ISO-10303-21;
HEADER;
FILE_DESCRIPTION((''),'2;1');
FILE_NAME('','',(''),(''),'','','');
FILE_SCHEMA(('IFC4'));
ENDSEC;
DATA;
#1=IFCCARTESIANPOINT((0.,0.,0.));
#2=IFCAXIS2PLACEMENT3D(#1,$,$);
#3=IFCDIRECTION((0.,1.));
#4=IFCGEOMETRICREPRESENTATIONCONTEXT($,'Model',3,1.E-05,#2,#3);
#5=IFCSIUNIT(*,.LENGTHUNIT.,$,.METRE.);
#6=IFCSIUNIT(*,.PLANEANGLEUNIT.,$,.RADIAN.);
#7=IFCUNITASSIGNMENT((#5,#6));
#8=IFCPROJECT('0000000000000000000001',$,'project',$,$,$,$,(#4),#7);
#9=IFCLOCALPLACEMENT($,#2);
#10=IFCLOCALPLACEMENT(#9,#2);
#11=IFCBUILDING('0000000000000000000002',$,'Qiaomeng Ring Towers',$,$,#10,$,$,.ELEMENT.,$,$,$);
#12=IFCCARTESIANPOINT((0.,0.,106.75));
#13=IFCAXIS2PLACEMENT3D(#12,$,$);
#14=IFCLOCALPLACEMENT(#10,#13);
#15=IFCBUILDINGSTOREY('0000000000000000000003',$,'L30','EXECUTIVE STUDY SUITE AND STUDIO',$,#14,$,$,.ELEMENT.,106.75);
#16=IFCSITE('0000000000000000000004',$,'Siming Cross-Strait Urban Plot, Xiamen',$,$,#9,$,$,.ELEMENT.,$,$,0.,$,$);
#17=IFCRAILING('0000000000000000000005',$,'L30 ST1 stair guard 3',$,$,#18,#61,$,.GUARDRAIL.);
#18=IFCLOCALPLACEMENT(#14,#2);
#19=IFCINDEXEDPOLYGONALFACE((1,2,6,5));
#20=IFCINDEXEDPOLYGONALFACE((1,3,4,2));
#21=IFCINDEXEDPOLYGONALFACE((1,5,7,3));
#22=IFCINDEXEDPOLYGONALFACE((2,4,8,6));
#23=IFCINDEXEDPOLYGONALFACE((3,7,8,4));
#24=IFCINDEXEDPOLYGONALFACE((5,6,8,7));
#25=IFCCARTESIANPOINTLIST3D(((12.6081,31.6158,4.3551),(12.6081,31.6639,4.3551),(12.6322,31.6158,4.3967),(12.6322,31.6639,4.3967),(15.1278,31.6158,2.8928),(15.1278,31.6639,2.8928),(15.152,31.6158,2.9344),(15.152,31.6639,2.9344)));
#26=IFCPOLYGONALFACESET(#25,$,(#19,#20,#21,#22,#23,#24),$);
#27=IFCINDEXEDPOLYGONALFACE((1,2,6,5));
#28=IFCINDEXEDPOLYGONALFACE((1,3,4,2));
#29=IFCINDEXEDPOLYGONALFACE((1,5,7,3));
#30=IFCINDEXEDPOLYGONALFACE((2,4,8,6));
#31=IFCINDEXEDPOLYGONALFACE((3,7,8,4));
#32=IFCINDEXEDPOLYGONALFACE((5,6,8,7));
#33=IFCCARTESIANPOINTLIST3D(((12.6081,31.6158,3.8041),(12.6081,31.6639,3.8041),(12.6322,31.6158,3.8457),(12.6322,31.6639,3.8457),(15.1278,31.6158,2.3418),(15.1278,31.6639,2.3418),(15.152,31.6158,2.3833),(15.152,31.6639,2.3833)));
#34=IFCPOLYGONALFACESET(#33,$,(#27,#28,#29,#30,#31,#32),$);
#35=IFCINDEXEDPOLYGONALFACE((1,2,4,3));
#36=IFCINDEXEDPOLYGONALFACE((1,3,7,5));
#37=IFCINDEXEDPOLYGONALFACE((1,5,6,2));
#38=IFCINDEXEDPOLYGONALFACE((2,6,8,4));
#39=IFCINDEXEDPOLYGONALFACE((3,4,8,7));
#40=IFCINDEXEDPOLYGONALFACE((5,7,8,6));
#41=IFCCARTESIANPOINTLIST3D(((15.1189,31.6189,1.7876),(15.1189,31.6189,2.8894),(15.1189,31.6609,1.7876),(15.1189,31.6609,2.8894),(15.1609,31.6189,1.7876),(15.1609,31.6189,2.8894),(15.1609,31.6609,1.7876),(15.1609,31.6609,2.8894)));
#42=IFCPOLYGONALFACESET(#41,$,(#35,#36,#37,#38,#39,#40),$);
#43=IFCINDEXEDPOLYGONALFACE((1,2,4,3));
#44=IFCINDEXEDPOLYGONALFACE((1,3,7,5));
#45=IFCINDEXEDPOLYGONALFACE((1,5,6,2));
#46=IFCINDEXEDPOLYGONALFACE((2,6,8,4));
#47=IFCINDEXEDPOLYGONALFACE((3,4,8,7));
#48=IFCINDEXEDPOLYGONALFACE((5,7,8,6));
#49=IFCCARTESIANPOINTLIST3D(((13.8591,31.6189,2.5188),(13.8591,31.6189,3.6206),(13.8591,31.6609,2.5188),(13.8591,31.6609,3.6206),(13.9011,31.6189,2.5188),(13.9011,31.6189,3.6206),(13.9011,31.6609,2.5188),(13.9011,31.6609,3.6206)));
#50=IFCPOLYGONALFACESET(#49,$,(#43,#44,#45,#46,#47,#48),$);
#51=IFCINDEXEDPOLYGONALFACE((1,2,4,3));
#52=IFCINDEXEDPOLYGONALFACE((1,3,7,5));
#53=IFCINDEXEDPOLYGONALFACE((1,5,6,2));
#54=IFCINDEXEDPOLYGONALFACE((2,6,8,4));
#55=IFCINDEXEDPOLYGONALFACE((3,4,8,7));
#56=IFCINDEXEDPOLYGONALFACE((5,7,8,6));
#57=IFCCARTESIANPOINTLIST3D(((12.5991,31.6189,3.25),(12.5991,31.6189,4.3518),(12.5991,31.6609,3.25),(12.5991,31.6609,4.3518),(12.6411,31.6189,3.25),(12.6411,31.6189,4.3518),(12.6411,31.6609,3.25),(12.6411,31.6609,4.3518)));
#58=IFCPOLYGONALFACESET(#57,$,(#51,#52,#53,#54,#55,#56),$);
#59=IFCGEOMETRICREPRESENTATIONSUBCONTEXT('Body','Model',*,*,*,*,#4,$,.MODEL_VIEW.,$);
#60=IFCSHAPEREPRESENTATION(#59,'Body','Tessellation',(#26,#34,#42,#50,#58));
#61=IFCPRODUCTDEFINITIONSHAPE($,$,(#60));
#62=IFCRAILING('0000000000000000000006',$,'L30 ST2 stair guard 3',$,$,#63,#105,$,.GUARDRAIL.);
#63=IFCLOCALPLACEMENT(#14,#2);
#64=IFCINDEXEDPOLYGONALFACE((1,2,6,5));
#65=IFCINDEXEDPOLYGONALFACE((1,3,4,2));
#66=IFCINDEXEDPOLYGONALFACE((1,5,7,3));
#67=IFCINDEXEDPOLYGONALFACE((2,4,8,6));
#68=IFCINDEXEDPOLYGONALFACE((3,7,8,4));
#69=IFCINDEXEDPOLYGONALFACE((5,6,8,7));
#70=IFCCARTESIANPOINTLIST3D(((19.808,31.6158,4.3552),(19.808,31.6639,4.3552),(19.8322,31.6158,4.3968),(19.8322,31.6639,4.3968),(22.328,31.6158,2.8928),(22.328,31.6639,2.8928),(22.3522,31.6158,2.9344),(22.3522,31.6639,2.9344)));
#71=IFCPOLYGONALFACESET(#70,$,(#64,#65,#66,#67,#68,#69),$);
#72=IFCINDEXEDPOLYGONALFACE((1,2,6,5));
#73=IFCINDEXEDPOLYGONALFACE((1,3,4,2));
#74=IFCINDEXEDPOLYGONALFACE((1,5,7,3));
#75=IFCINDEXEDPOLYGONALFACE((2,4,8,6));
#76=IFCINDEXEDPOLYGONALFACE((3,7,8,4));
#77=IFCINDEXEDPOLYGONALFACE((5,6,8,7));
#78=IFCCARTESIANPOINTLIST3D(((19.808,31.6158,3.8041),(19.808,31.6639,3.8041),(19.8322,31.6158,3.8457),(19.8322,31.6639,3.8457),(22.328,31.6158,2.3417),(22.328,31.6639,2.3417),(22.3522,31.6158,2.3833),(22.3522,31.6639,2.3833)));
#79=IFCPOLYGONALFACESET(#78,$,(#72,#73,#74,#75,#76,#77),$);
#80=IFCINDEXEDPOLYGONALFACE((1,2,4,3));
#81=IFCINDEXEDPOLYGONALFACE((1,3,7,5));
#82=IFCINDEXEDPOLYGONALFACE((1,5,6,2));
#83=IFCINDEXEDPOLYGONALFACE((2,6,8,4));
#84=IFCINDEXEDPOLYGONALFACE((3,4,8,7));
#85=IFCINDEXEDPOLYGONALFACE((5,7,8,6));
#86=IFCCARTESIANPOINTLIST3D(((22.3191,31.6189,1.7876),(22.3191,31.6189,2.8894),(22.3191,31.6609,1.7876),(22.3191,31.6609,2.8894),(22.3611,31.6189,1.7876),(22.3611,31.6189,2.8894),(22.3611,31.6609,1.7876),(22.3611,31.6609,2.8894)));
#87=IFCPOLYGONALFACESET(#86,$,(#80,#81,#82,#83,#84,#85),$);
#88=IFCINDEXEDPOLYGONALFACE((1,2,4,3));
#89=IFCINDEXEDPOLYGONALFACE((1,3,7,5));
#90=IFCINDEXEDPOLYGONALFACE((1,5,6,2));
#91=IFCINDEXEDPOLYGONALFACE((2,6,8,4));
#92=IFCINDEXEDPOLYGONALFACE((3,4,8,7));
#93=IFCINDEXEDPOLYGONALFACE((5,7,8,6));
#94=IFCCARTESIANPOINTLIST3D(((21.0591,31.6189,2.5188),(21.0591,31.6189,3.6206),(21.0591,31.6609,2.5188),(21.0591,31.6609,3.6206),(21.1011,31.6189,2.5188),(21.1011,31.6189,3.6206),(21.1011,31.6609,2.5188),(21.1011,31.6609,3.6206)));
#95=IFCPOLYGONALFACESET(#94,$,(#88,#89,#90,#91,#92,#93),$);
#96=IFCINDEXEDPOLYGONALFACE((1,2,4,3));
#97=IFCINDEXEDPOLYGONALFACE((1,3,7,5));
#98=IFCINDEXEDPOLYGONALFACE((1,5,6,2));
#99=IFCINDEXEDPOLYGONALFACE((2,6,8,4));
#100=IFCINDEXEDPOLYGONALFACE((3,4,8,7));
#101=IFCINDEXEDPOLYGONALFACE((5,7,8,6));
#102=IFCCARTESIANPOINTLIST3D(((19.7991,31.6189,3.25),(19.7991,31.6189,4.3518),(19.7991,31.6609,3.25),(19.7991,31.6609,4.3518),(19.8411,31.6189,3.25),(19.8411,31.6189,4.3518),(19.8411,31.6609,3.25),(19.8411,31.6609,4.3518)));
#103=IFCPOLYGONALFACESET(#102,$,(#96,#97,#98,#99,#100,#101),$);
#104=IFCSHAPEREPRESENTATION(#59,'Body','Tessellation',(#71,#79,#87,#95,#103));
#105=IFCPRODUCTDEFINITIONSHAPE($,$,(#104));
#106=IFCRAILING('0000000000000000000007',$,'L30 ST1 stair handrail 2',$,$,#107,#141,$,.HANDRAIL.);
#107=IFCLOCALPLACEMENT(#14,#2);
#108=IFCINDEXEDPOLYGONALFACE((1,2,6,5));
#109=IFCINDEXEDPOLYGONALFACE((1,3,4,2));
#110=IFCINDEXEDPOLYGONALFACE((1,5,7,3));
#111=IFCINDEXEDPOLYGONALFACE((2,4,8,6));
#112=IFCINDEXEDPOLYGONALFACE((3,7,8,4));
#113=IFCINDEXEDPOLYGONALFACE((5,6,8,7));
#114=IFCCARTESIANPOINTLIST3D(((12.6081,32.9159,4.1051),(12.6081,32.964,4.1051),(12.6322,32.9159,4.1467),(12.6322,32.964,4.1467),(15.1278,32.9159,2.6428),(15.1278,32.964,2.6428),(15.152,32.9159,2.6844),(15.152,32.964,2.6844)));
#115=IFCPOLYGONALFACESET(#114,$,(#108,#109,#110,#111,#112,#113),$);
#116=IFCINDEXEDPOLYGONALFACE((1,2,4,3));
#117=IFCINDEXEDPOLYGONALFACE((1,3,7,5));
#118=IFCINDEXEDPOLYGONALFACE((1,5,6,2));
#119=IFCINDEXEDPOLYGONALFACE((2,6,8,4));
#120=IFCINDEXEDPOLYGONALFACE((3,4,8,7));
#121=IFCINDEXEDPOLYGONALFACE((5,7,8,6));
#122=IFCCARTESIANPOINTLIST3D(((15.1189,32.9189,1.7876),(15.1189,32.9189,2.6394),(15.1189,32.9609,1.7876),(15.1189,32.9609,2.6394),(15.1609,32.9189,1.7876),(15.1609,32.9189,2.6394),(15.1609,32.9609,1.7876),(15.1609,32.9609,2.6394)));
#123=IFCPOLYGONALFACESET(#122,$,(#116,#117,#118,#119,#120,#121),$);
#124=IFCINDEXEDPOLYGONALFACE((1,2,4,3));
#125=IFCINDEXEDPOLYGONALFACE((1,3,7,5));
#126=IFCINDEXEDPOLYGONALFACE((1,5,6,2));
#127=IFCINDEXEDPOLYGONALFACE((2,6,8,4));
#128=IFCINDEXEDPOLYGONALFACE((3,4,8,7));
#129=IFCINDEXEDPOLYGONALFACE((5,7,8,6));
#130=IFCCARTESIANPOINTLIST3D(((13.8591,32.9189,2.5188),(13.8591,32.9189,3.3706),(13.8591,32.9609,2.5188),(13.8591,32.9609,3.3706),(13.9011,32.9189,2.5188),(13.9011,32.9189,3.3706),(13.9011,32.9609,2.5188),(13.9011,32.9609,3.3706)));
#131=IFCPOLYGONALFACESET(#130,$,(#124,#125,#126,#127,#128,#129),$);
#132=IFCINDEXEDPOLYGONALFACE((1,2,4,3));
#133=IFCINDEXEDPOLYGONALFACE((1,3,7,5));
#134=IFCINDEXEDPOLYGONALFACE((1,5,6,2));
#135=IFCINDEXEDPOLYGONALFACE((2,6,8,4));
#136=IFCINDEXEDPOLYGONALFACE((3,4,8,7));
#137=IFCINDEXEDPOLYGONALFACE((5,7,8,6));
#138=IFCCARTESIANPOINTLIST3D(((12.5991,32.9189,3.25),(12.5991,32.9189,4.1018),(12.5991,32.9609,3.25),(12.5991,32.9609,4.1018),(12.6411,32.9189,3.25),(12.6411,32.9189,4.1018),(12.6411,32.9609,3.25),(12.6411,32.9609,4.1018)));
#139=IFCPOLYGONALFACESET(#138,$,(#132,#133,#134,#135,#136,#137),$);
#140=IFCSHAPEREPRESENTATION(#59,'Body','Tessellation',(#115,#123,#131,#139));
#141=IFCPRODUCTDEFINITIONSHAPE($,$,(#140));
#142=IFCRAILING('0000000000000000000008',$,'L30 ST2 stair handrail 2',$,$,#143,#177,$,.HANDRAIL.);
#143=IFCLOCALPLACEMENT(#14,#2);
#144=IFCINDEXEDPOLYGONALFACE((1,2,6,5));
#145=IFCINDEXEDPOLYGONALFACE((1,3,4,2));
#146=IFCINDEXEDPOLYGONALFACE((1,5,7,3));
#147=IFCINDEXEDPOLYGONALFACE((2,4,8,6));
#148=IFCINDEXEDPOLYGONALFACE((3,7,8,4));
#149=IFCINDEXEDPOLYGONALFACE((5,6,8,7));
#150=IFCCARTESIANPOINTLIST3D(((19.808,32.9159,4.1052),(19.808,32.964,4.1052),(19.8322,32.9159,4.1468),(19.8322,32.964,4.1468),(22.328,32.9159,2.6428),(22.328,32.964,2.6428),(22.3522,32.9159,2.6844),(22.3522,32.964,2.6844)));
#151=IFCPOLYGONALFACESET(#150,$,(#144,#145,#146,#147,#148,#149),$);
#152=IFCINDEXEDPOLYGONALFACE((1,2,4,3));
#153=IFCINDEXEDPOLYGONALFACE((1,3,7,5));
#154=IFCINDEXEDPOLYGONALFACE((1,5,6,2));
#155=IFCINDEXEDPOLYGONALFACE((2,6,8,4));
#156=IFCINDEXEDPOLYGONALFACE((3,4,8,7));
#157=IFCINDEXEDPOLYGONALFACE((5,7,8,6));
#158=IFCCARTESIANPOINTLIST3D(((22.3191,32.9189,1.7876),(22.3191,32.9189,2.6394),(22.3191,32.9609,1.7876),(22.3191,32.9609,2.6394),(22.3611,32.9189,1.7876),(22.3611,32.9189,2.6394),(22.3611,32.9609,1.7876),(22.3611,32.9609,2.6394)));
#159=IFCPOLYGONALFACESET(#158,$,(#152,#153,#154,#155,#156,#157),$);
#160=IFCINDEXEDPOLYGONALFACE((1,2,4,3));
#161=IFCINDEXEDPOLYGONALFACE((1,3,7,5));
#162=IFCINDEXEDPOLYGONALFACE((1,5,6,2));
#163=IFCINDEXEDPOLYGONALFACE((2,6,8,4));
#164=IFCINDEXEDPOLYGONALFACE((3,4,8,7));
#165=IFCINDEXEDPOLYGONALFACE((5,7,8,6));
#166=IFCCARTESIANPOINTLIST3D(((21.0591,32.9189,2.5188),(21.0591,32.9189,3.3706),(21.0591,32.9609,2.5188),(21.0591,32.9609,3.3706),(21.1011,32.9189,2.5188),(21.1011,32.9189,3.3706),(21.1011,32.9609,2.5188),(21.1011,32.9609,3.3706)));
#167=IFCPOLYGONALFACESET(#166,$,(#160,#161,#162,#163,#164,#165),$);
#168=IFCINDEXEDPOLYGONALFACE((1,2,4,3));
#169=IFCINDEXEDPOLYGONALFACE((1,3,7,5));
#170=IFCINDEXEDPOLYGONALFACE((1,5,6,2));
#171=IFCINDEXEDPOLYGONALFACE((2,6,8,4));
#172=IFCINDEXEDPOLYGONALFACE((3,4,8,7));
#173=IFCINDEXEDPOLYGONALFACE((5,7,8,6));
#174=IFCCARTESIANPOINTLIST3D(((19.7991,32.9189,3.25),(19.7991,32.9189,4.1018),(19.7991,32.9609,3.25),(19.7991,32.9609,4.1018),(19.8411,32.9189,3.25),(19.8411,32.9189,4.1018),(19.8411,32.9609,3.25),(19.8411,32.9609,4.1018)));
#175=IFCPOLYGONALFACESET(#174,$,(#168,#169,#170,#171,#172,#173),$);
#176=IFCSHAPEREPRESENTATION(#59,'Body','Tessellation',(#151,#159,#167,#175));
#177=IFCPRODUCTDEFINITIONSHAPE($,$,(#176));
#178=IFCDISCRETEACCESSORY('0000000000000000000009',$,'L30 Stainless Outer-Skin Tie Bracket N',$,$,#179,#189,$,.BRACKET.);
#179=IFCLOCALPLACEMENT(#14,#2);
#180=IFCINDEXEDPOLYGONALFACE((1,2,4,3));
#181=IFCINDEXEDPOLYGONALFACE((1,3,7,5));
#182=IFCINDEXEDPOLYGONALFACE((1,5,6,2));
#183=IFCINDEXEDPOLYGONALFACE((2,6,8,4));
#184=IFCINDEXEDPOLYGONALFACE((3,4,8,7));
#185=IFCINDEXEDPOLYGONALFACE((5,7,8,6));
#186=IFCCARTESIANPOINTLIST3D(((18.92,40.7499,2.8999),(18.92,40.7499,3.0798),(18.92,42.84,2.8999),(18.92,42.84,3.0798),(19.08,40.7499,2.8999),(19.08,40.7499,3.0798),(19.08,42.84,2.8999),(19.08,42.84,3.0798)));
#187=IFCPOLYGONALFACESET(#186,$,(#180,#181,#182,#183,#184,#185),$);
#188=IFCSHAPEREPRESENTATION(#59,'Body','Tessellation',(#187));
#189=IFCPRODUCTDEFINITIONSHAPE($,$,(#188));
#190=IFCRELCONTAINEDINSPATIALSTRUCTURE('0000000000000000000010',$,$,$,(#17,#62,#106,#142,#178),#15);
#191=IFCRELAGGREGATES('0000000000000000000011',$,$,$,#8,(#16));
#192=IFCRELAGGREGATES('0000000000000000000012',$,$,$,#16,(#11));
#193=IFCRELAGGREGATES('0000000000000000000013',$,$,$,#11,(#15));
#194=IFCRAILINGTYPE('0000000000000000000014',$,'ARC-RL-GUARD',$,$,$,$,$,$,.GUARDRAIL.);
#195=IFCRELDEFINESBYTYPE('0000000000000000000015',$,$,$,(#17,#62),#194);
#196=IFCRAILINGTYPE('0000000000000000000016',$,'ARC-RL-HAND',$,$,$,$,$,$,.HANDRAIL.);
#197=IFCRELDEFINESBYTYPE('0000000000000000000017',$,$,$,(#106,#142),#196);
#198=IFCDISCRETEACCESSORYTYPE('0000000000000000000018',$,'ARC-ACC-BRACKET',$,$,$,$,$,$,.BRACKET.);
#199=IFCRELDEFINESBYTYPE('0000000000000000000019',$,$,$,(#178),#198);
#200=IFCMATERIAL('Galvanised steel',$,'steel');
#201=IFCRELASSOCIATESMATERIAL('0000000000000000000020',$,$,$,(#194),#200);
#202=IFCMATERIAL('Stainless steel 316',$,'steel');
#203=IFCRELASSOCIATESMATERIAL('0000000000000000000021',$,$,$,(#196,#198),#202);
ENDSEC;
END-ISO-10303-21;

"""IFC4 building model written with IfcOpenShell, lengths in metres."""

from ifc_helpers import new_model, si_unit, direction, frame, origin, origin_2d, place, context, subcontext, project, spatial, rectangle, extrude, source, transform, mapped, material, type_object, element, save


model = new_model("IFC4")

# Units and contexts
model_context = context("Model", 3, precision=1e-05, world=origin(), true_north=direction((0.0, 1.0)))
body_context = subcontext(model_context, "Body", "Model", "MODEL_VIEW")
ifc_project = project(units=[si_unit("LENGTHUNIT", "METRE"), si_unit("PLANEANGLEUNIT", "RADIAN")], contexts=[model_context])

# Site, building, storey
site_placement = place(None, origin())
site = spatial("IfcSite", under=ifc_project, at=site_placement, Name="Siming Cross-Strait Urban Plot, Xiamen", CompositionType="ELEMENT", RefElevation=0.0)
building_placement = place(site_placement, origin())
building = spatial("IfcBuilding", under=site, at=building_placement, Name="Qiaomeng Ring Towers", CompositionType="ELEMENT")
storey_placement = place(building_placement, frame((0.0, 0.0, 106.75)))
storey = spatial("IfcBuildingStorey", under=building, at=storey_placement, Name="L30", Description="EXECUTIVE STUDY SUITE AND STUDIO", CompositionType="ELEMENT", Elevation=106.75)

# Shared definitions
ifc_material_1 = material(Name="Galvanised steel", Category="steel")

# Railings
railing_type_1 = type_object("IfcRailingType", Name="ARC-RL-GUARD", PredefinedType="GUARDRAIL", material=ifc_material_1)
railing_1_placement = place(storey_placement, frame((15.1399, 31.6399, 1.7876)))
element("IfcRailing", 1, at=railing_1_placement, inside=storey, type_object=railing_type_1, Name="L30 ST1 stair guard 3", PredefinedType="GUARDRAIL", context=body_context, shape_type="SweptSolid", body=[
    extrude(rectangle(XDim=0.0481, YDim=0.0481, at=origin_2d()), frame((0.0, 0.0, 1.126), z_axis=(-0.864892, 0.0, 0.501958), x_axis=(0.0, -1.0, 0.0)), (0.0, 0.0, 1.0), 2.9133),
    extrude(rectangle(XDim=0.0481, YDim=0.0481, at=origin_2d()), frame((0.0, 0.0, 0.575), z_axis=(-0.864892, 0.0, 0.501958), x_axis=(0.0, -1.0, 0.0)), (0.0, 0.0, 1.0), 2.9133),
    extrude(rectangle(XDim=0.042, YDim=0.042, at=origin_2d()), origin(), (0.0, 0.0, 1.0), 1.1018),
    extrude(rectangle(XDim=0.042, YDim=0.042, at=origin_2d()), frame((-1.2598, 0.0, 0.7312)), (0.0, 0.0, 1.0), 1.1018),
    extrude(rectangle(XDim=0.042, YDim=0.042, at=origin_2d()), frame((-2.5198, 0.0, 1.4624)), (0.0, 0.0, 1.0), 1.1018),
])
railing_2_placement = place(storey_placement, frame((22.3401, 31.6399, 1.7876)))
element("IfcRailing", 2, at=railing_2_placement, inside=storey, type_object=railing_type_1, Name="L30 ST2 stair guard 3", PredefinedType="GUARDRAIL", context=body_context, shape_type="SweptSolid", body=[
    extrude(rectangle(XDim=0.0481, YDim=0.0481, at=origin_2d()), frame((0.0, 0.0, 1.126), z_axis=(-0.864913, 0.0, 0.501921), x_axis=(0.0, -1.0, 0.0)), (0.0, 0.0, 1.0), 2.9136),
    extrude(rectangle(XDim=0.0481, YDim=0.0481, at=origin_2d()), frame((0.0, 0.0, 0.575), z_axis=(-0.864913, 0.0, 0.501921), x_axis=(0.0, -1.0, 0.0)), (0.0, 0.0, 1.0), 2.9136),
    extrude(rectangle(XDim=0.042, YDim=0.042, at=origin_2d()), origin(), (0.0, 0.0, 1.0), 1.1018),
    extrude(rectangle(XDim=0.042, YDim=0.042, at=origin_2d()), frame((-1.26, 0.0, 0.7312)), (0.0, 0.0, 1.0), 1.1018),
    extrude(rectangle(XDim=0.042, YDim=0.042, at=origin_2d()), frame((-2.52, 0.0, 1.4624)), (0.0, 0.0, 1.0), 1.1018),
])
ifc_material_2 = material(Name="Stainless steel 316", Category="steel")
railing_type_2 = type_object("IfcRailingType", Name="ARC-RL-HAND", PredefinedType="HANDRAIL", material=ifc_material_2)
railing_3_placement = place(storey_placement, frame((15.1399, 32.9399, 1.7876)))
element("IfcRailing", 3, at=railing_3_placement, inside=storey, type_object=railing_type_2, Name="L30 ST1 stair handrail 2", PredefinedType="HANDRAIL", context=body_context, shape_type="SweptSolid", body=[
    extrude(rectangle(XDim=0.0481, YDim=0.0481, at=origin_2d()), frame((0.0, 0.0, 0.876), z_axis=(-0.864892, 0.0, 0.501958), x_axis=(0.0, -1.0, 0.0)), (0.0, 0.0, 1.0), 2.9133),
    extrude(rectangle(XDim=0.042, YDim=0.042, at=origin_2d()), origin(), (0.0, 0.0, 1.0), 0.8518),
    extrude(rectangle(XDim=0.042, YDim=0.042, at=origin_2d()), frame((-1.2598, 0.0, 0.7312)), (0.0, 0.0, 1.0), 0.8518),
    extrude(rectangle(XDim=0.042, YDim=0.042, at=origin_2d()), frame((-2.5198, 0.0, 1.4624)), (0.0, 0.0, 1.0), 0.8518),
])
railing_4_placement = place(storey_placement, frame((22.3401, 32.9399, 1.7876)))
element("IfcRailing", 4, at=railing_4_placement, inside=storey, type_object=railing_type_2, Name="L30 ST2 stair handrail 2", PredefinedType="HANDRAIL", context=body_context, shape_type="SweptSolid", body=[
    extrude(rectangle(XDim=0.0481, YDim=0.0481, at=origin_2d()), frame((0.0, 0.0, 0.876), z_axis=(-0.864913, 0.0, 0.501921), x_axis=(0.0, -1.0, 0.0)), (0.0, 0.0, 1.0), 2.9136),
    extrude(rectangle(XDim=0.042, YDim=0.042, at=origin_2d()), origin(), (0.0, 0.0, 1.0), 0.8518),
    extrude(rectangle(XDim=0.042, YDim=0.042, at=origin_2d()), frame((-1.26, 0.0, 0.7312)), (0.0, 0.0, 1.0), 0.8518),
    extrude(rectangle(XDim=0.042, YDim=0.042, at=origin_2d()), frame((-2.52, 0.0, 1.4624)), (0.0, 0.0, 1.0), 0.8518),
])

# Discrete accessory
discrete_accessory_type = type_object("IfcDiscreteAccessoryType", Name="ARC-ACC-BRACKET", PredefinedType="BRACKET", material=ifc_material_2)
shared_shape_1 = source(origin(), body_context, "Body", "SweptSolid", [
    extrude(rectangle(XDim=0.1599, YDim=2.0901, at=origin_2d()), origin(), (0.0, 0.0, 1.0), 0.1799),
])
discrete_accessory_placement = place(storey_placement, frame((19.0, 41.7949, 2.8999), z_axis=(0.0, 0.0, 1.0), x_axis=(1.0, 0.0, 0.0)))
element("IfcDiscreteAccessory", 5, at=discrete_accessory_placement, inside=storey, type_object=discrete_accessory_type, Name="L30 Stainless Outer-Skin Tie Bracket N", PredefinedType="BRACKET", context=body_context, shape_type="MappedRepresentation", body=[
    mapped(shared_shape_1, transform((0.0, 0.0, 0.0), x_axis=(1.0, 0.0, 0.0), y_axis=(0.0, 1.0, 0.0), z_axis=(0.0, 0.0, 1.0), scale=1.0)),
])

save(model, "model.ifc")
